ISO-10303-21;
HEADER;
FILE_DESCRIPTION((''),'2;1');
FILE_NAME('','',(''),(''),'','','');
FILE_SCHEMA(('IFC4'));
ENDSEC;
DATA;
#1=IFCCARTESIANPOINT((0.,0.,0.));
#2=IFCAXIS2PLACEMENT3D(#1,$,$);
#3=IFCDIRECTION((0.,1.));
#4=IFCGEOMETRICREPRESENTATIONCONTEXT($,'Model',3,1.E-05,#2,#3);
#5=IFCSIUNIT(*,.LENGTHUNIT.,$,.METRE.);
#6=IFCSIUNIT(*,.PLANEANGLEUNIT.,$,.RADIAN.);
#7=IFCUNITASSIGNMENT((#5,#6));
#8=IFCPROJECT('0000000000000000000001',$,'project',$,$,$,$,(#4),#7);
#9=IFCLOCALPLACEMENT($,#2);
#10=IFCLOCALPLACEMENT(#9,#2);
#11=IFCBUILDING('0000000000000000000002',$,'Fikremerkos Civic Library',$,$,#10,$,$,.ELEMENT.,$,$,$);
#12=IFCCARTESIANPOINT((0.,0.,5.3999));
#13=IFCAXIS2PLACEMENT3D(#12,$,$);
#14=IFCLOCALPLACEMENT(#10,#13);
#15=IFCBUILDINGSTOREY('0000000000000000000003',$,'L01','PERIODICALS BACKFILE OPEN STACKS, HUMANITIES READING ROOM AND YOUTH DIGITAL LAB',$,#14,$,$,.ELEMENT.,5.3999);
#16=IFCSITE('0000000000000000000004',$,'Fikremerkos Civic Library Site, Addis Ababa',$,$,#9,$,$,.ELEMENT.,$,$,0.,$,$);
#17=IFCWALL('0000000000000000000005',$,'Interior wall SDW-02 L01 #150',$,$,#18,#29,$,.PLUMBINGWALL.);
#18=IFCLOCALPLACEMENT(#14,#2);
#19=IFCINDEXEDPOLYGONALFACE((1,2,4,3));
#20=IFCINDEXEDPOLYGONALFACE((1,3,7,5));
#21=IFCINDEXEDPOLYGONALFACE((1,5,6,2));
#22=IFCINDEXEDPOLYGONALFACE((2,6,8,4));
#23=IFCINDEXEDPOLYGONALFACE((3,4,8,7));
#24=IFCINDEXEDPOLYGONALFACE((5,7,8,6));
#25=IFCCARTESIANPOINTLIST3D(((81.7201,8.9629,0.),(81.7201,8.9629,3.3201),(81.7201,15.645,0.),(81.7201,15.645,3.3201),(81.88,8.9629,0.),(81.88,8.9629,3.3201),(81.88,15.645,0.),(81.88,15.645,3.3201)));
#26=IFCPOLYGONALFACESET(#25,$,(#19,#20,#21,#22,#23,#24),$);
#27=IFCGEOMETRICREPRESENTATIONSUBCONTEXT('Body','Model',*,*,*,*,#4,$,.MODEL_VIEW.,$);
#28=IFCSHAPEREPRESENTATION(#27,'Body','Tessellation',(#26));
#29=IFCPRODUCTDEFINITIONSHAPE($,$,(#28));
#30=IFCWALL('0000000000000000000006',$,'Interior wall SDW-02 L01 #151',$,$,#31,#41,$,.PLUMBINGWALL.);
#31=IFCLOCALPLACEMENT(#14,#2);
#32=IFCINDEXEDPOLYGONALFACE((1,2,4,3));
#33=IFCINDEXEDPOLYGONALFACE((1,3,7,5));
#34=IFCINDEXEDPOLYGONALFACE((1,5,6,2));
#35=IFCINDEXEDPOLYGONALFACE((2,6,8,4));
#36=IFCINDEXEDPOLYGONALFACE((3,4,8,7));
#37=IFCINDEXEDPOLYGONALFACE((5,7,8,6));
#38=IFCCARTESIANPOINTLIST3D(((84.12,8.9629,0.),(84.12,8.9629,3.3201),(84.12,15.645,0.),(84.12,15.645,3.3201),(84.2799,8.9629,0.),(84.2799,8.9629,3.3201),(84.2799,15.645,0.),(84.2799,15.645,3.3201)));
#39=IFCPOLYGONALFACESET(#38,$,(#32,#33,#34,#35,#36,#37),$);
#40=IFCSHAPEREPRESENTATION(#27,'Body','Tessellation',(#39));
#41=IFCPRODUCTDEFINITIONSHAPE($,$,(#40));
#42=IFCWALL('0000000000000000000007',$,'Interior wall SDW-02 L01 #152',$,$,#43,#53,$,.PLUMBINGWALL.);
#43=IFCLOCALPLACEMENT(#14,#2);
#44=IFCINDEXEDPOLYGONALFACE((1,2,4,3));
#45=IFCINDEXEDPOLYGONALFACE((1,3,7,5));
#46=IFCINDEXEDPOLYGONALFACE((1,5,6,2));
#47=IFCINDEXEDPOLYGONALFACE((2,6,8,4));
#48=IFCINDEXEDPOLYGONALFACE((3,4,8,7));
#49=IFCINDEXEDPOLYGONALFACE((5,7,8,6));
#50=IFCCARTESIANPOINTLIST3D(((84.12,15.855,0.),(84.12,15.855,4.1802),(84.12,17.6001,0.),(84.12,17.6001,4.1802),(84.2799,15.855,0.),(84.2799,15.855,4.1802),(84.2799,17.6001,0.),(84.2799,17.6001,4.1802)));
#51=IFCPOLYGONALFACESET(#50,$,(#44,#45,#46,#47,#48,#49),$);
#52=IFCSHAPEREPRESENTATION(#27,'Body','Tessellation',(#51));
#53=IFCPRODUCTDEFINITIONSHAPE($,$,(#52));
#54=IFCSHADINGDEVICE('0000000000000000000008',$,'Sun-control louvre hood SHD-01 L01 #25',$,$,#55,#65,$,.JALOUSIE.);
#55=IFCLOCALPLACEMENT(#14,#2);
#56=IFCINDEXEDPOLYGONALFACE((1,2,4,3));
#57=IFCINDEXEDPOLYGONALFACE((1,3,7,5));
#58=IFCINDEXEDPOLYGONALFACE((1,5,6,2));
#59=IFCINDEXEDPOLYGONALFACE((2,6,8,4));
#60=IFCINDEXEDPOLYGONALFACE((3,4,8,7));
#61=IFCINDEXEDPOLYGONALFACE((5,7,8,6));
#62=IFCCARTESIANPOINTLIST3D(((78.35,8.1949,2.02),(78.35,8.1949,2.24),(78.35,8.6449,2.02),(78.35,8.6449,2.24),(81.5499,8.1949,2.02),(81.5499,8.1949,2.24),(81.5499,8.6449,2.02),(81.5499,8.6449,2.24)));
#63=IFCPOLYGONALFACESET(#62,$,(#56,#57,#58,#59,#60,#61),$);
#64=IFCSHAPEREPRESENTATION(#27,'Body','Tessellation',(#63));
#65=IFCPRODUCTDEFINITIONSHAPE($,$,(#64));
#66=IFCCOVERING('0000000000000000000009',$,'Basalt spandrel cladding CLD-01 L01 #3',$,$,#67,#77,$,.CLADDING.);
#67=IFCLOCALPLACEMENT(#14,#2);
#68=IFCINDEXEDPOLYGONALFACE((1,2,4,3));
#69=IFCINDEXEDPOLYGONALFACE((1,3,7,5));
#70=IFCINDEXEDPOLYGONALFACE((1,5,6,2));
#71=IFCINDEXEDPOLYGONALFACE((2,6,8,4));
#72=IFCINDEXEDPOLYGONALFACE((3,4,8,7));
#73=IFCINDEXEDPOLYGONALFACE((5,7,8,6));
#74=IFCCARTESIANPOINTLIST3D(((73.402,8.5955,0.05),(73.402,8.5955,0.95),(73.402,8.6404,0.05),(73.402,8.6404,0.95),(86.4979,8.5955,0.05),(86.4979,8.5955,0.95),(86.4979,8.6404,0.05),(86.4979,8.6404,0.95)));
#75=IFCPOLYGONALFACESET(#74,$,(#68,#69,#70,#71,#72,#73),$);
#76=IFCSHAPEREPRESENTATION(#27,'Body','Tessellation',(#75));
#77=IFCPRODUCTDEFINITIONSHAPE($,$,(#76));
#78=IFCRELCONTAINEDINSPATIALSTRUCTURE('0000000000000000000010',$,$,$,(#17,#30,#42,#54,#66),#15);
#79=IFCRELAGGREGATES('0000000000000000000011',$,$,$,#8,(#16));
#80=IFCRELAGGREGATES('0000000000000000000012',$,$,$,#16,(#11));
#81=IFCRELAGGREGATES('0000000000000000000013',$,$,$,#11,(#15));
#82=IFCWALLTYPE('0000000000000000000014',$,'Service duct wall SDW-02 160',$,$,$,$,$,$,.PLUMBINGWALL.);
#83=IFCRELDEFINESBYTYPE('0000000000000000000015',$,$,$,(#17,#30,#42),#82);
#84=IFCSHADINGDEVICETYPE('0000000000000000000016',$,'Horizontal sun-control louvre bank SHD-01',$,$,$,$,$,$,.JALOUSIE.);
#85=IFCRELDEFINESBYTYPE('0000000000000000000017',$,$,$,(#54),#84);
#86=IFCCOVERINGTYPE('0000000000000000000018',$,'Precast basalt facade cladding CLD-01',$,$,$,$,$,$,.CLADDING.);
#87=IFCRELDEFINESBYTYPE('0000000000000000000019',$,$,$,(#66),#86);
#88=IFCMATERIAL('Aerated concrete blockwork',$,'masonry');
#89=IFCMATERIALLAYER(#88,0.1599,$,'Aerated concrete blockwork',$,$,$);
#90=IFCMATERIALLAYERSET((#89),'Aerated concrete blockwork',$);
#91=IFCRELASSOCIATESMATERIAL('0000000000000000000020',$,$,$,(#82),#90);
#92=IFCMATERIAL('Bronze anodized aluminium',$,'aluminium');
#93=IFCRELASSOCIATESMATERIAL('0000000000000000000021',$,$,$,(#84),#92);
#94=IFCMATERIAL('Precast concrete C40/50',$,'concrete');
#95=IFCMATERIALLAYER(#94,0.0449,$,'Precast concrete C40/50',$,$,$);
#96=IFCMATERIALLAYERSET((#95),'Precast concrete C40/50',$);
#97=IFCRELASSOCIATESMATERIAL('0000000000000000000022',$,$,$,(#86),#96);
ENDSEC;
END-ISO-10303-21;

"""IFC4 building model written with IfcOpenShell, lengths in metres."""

from ifc_helpers import new_model, si_unit, direction, frame, frame_2d, origin, origin_2d, place, context, subcontext, project, spatial, rectangle, extrude, material, layer, layer_set, type_object, element, save


model = new_model("IFC4")

# Units and contexts
model_context = context("Model", 3, precision=1e-05, world=origin(), true_north=direction((0.0, 1.0)))
body_context = subcontext(model_context, "Body", "Model", "MODEL_VIEW")
ifc_project = project(units=[si_unit("LENGTHUNIT", "METRE"), si_unit("PLANEANGLEUNIT", "RADIAN")], contexts=[model_context])

# Site, building, storey
site_placement = place(None, origin())
site = spatial("IfcSite", under=ifc_project, at=site_placement, Name="Fikremerkos Civic Library Site, Addis Ababa", CompositionType="ELEMENT", RefElevation=0.0)
building_placement = place(site_placement, origin())
building = spatial("IfcBuilding", under=site, at=building_placement, Name="Fikremerkos Civic Library", CompositionType="ELEMENT")
storey_placement = place(building_placement, frame((0.0, 0.0, 5.3999)))
storey = spatial("IfcBuildingStorey", under=building, at=storey_placement, Name="L01", Description="PERIODICALS BACKFILE OPEN STACKS, HUMANITIES READING ROOM AND YOUTH DIGITAL LAB", CompositionType="ELEMENT", Elevation=5.3999)

# Shared definitions
ifc_material_1 = material(Name="Precast concrete C40/50", Category="concrete")

# Walls
ifc_material_2 = material(Name="Aerated concrete blockwork", Category="masonry")
ifc_layer_1 = layer(ifc_material_2, 0.1599, Name="Aerated concrete blockwork")
ifc_layer_set_1 = layer_set([ifc_layer_1], Name="Aerated concrete blockwork")
wall_type_1 = type_object("IfcWallType", Name="Service duct wall SDW-02 160", PredefinedType="PLUMBINGWALL", material=ifc_layer_set_1)
for number, where, z_axis, x_axis, name in (
    (1, (81.8, 8.9629, 0.0), (0.0, 0.0, 1.0), (0.0, 1.0, 0.0), "Interior wall SDW-02 L01 #150"),
    (2, (84.2, 8.9629, 0.0), (0.0, 0.0, 1.0), (0.0, 1.0, 0.0), "Interior wall SDW-02 L01 #151"),
):
    element("IfcWall", number, at=place(storey_placement, frame(where, z_axis=z_axis, x_axis=x_axis)), inside=storey, type_object=wall_type_1, Name=name, PredefinedType="PLUMBINGWALL", context=body_context, shape_type="SweptSolid", body=[
        extrude(rectangle(XDim=6.6821, YDim=0.1599, at=frame_2d((3.3411, 0.0))), origin(), (0.0, 0.0, 1.0), 3.3201),
    ])
wall_1_placement = place(storey_placement, frame((84.2, 15.855, 0.0), z_axis=(0.0, 0.0, 1.0), x_axis=(0.0, 1.0, 0.0)))
element("IfcWall", 3, at=wall_1_placement, inside=storey, type_object=wall_type_1, Name="Interior wall SDW-02 L01 #152", PredefinedType="PLUMBINGWALL", context=body_context, shape_type="SweptSolid", body=[
    extrude(rectangle(XDim=1.7451, YDim=0.1599, at=frame_2d((0.8726, 0.0))), origin(), (0.0, 0.0, 1.0), 4.1802),
])

# Shading device
ifc_material_3 = material(Name="Bronze anodized aluminium", Category="aluminium")
shading_device_type = type_object("IfcShadingDeviceType", Name="Horizontal sun-control louvre bank SHD-01", PredefinedType="JALOUSIE", material=ifc_material_3)
shading_device_placement = place(storey_placement, frame((79.95, 8.4199, 2.02), z_axis=(0.0, 0.0, 1.0), x_axis=(1.0, 0.0, 0.0)))
element("IfcShadingDevice", 4, at=shading_device_placement, inside=storey, type_object=shading_device_type, Name="Sun-control louvre hood SHD-01 L01 #25", PredefinedType="JALOUSIE", context=body_context, shape_type="SweptSolid", body=[
    extrude(rectangle(XDim=3.2, YDim=0.45, at=origin_2d()), origin(), (0.0, 0.0, 1.0), 0.22),
])

# Covering
ifc_layer_2 = layer(ifc_material_1, 0.0449, Name="Precast concrete C40/50")
ifc_layer_set_2 = layer_set([ifc_layer_2], Name="Precast concrete C40/50")
covering_type = type_object("IfcCoveringType", Name="Precast basalt facade cladding CLD-01", PredefinedType="CLADDING", material=ifc_layer_set_2)
covering_placement = place(storey_placement, frame((79.95, 8.6179, 0.05), z_axis=(0.0, 0.0, 1.0), x_axis=(1.0, 0.0, 0.0)))
element("IfcCovering", 5, at=covering_placement, inside=storey, type_object=covering_type, Name="Basalt spandrel cladding CLD-01 L01 #3", PredefinedType="CLADDING", context=body_context, shape_type="SweptSolid", body=[
    extrude(rectangle(XDim=13.0959, YDim=0.0449, at=origin_2d()), origin(), (0.0, 0.0, 1.0), 0.8999),
])

save(model, "model.ifc")
